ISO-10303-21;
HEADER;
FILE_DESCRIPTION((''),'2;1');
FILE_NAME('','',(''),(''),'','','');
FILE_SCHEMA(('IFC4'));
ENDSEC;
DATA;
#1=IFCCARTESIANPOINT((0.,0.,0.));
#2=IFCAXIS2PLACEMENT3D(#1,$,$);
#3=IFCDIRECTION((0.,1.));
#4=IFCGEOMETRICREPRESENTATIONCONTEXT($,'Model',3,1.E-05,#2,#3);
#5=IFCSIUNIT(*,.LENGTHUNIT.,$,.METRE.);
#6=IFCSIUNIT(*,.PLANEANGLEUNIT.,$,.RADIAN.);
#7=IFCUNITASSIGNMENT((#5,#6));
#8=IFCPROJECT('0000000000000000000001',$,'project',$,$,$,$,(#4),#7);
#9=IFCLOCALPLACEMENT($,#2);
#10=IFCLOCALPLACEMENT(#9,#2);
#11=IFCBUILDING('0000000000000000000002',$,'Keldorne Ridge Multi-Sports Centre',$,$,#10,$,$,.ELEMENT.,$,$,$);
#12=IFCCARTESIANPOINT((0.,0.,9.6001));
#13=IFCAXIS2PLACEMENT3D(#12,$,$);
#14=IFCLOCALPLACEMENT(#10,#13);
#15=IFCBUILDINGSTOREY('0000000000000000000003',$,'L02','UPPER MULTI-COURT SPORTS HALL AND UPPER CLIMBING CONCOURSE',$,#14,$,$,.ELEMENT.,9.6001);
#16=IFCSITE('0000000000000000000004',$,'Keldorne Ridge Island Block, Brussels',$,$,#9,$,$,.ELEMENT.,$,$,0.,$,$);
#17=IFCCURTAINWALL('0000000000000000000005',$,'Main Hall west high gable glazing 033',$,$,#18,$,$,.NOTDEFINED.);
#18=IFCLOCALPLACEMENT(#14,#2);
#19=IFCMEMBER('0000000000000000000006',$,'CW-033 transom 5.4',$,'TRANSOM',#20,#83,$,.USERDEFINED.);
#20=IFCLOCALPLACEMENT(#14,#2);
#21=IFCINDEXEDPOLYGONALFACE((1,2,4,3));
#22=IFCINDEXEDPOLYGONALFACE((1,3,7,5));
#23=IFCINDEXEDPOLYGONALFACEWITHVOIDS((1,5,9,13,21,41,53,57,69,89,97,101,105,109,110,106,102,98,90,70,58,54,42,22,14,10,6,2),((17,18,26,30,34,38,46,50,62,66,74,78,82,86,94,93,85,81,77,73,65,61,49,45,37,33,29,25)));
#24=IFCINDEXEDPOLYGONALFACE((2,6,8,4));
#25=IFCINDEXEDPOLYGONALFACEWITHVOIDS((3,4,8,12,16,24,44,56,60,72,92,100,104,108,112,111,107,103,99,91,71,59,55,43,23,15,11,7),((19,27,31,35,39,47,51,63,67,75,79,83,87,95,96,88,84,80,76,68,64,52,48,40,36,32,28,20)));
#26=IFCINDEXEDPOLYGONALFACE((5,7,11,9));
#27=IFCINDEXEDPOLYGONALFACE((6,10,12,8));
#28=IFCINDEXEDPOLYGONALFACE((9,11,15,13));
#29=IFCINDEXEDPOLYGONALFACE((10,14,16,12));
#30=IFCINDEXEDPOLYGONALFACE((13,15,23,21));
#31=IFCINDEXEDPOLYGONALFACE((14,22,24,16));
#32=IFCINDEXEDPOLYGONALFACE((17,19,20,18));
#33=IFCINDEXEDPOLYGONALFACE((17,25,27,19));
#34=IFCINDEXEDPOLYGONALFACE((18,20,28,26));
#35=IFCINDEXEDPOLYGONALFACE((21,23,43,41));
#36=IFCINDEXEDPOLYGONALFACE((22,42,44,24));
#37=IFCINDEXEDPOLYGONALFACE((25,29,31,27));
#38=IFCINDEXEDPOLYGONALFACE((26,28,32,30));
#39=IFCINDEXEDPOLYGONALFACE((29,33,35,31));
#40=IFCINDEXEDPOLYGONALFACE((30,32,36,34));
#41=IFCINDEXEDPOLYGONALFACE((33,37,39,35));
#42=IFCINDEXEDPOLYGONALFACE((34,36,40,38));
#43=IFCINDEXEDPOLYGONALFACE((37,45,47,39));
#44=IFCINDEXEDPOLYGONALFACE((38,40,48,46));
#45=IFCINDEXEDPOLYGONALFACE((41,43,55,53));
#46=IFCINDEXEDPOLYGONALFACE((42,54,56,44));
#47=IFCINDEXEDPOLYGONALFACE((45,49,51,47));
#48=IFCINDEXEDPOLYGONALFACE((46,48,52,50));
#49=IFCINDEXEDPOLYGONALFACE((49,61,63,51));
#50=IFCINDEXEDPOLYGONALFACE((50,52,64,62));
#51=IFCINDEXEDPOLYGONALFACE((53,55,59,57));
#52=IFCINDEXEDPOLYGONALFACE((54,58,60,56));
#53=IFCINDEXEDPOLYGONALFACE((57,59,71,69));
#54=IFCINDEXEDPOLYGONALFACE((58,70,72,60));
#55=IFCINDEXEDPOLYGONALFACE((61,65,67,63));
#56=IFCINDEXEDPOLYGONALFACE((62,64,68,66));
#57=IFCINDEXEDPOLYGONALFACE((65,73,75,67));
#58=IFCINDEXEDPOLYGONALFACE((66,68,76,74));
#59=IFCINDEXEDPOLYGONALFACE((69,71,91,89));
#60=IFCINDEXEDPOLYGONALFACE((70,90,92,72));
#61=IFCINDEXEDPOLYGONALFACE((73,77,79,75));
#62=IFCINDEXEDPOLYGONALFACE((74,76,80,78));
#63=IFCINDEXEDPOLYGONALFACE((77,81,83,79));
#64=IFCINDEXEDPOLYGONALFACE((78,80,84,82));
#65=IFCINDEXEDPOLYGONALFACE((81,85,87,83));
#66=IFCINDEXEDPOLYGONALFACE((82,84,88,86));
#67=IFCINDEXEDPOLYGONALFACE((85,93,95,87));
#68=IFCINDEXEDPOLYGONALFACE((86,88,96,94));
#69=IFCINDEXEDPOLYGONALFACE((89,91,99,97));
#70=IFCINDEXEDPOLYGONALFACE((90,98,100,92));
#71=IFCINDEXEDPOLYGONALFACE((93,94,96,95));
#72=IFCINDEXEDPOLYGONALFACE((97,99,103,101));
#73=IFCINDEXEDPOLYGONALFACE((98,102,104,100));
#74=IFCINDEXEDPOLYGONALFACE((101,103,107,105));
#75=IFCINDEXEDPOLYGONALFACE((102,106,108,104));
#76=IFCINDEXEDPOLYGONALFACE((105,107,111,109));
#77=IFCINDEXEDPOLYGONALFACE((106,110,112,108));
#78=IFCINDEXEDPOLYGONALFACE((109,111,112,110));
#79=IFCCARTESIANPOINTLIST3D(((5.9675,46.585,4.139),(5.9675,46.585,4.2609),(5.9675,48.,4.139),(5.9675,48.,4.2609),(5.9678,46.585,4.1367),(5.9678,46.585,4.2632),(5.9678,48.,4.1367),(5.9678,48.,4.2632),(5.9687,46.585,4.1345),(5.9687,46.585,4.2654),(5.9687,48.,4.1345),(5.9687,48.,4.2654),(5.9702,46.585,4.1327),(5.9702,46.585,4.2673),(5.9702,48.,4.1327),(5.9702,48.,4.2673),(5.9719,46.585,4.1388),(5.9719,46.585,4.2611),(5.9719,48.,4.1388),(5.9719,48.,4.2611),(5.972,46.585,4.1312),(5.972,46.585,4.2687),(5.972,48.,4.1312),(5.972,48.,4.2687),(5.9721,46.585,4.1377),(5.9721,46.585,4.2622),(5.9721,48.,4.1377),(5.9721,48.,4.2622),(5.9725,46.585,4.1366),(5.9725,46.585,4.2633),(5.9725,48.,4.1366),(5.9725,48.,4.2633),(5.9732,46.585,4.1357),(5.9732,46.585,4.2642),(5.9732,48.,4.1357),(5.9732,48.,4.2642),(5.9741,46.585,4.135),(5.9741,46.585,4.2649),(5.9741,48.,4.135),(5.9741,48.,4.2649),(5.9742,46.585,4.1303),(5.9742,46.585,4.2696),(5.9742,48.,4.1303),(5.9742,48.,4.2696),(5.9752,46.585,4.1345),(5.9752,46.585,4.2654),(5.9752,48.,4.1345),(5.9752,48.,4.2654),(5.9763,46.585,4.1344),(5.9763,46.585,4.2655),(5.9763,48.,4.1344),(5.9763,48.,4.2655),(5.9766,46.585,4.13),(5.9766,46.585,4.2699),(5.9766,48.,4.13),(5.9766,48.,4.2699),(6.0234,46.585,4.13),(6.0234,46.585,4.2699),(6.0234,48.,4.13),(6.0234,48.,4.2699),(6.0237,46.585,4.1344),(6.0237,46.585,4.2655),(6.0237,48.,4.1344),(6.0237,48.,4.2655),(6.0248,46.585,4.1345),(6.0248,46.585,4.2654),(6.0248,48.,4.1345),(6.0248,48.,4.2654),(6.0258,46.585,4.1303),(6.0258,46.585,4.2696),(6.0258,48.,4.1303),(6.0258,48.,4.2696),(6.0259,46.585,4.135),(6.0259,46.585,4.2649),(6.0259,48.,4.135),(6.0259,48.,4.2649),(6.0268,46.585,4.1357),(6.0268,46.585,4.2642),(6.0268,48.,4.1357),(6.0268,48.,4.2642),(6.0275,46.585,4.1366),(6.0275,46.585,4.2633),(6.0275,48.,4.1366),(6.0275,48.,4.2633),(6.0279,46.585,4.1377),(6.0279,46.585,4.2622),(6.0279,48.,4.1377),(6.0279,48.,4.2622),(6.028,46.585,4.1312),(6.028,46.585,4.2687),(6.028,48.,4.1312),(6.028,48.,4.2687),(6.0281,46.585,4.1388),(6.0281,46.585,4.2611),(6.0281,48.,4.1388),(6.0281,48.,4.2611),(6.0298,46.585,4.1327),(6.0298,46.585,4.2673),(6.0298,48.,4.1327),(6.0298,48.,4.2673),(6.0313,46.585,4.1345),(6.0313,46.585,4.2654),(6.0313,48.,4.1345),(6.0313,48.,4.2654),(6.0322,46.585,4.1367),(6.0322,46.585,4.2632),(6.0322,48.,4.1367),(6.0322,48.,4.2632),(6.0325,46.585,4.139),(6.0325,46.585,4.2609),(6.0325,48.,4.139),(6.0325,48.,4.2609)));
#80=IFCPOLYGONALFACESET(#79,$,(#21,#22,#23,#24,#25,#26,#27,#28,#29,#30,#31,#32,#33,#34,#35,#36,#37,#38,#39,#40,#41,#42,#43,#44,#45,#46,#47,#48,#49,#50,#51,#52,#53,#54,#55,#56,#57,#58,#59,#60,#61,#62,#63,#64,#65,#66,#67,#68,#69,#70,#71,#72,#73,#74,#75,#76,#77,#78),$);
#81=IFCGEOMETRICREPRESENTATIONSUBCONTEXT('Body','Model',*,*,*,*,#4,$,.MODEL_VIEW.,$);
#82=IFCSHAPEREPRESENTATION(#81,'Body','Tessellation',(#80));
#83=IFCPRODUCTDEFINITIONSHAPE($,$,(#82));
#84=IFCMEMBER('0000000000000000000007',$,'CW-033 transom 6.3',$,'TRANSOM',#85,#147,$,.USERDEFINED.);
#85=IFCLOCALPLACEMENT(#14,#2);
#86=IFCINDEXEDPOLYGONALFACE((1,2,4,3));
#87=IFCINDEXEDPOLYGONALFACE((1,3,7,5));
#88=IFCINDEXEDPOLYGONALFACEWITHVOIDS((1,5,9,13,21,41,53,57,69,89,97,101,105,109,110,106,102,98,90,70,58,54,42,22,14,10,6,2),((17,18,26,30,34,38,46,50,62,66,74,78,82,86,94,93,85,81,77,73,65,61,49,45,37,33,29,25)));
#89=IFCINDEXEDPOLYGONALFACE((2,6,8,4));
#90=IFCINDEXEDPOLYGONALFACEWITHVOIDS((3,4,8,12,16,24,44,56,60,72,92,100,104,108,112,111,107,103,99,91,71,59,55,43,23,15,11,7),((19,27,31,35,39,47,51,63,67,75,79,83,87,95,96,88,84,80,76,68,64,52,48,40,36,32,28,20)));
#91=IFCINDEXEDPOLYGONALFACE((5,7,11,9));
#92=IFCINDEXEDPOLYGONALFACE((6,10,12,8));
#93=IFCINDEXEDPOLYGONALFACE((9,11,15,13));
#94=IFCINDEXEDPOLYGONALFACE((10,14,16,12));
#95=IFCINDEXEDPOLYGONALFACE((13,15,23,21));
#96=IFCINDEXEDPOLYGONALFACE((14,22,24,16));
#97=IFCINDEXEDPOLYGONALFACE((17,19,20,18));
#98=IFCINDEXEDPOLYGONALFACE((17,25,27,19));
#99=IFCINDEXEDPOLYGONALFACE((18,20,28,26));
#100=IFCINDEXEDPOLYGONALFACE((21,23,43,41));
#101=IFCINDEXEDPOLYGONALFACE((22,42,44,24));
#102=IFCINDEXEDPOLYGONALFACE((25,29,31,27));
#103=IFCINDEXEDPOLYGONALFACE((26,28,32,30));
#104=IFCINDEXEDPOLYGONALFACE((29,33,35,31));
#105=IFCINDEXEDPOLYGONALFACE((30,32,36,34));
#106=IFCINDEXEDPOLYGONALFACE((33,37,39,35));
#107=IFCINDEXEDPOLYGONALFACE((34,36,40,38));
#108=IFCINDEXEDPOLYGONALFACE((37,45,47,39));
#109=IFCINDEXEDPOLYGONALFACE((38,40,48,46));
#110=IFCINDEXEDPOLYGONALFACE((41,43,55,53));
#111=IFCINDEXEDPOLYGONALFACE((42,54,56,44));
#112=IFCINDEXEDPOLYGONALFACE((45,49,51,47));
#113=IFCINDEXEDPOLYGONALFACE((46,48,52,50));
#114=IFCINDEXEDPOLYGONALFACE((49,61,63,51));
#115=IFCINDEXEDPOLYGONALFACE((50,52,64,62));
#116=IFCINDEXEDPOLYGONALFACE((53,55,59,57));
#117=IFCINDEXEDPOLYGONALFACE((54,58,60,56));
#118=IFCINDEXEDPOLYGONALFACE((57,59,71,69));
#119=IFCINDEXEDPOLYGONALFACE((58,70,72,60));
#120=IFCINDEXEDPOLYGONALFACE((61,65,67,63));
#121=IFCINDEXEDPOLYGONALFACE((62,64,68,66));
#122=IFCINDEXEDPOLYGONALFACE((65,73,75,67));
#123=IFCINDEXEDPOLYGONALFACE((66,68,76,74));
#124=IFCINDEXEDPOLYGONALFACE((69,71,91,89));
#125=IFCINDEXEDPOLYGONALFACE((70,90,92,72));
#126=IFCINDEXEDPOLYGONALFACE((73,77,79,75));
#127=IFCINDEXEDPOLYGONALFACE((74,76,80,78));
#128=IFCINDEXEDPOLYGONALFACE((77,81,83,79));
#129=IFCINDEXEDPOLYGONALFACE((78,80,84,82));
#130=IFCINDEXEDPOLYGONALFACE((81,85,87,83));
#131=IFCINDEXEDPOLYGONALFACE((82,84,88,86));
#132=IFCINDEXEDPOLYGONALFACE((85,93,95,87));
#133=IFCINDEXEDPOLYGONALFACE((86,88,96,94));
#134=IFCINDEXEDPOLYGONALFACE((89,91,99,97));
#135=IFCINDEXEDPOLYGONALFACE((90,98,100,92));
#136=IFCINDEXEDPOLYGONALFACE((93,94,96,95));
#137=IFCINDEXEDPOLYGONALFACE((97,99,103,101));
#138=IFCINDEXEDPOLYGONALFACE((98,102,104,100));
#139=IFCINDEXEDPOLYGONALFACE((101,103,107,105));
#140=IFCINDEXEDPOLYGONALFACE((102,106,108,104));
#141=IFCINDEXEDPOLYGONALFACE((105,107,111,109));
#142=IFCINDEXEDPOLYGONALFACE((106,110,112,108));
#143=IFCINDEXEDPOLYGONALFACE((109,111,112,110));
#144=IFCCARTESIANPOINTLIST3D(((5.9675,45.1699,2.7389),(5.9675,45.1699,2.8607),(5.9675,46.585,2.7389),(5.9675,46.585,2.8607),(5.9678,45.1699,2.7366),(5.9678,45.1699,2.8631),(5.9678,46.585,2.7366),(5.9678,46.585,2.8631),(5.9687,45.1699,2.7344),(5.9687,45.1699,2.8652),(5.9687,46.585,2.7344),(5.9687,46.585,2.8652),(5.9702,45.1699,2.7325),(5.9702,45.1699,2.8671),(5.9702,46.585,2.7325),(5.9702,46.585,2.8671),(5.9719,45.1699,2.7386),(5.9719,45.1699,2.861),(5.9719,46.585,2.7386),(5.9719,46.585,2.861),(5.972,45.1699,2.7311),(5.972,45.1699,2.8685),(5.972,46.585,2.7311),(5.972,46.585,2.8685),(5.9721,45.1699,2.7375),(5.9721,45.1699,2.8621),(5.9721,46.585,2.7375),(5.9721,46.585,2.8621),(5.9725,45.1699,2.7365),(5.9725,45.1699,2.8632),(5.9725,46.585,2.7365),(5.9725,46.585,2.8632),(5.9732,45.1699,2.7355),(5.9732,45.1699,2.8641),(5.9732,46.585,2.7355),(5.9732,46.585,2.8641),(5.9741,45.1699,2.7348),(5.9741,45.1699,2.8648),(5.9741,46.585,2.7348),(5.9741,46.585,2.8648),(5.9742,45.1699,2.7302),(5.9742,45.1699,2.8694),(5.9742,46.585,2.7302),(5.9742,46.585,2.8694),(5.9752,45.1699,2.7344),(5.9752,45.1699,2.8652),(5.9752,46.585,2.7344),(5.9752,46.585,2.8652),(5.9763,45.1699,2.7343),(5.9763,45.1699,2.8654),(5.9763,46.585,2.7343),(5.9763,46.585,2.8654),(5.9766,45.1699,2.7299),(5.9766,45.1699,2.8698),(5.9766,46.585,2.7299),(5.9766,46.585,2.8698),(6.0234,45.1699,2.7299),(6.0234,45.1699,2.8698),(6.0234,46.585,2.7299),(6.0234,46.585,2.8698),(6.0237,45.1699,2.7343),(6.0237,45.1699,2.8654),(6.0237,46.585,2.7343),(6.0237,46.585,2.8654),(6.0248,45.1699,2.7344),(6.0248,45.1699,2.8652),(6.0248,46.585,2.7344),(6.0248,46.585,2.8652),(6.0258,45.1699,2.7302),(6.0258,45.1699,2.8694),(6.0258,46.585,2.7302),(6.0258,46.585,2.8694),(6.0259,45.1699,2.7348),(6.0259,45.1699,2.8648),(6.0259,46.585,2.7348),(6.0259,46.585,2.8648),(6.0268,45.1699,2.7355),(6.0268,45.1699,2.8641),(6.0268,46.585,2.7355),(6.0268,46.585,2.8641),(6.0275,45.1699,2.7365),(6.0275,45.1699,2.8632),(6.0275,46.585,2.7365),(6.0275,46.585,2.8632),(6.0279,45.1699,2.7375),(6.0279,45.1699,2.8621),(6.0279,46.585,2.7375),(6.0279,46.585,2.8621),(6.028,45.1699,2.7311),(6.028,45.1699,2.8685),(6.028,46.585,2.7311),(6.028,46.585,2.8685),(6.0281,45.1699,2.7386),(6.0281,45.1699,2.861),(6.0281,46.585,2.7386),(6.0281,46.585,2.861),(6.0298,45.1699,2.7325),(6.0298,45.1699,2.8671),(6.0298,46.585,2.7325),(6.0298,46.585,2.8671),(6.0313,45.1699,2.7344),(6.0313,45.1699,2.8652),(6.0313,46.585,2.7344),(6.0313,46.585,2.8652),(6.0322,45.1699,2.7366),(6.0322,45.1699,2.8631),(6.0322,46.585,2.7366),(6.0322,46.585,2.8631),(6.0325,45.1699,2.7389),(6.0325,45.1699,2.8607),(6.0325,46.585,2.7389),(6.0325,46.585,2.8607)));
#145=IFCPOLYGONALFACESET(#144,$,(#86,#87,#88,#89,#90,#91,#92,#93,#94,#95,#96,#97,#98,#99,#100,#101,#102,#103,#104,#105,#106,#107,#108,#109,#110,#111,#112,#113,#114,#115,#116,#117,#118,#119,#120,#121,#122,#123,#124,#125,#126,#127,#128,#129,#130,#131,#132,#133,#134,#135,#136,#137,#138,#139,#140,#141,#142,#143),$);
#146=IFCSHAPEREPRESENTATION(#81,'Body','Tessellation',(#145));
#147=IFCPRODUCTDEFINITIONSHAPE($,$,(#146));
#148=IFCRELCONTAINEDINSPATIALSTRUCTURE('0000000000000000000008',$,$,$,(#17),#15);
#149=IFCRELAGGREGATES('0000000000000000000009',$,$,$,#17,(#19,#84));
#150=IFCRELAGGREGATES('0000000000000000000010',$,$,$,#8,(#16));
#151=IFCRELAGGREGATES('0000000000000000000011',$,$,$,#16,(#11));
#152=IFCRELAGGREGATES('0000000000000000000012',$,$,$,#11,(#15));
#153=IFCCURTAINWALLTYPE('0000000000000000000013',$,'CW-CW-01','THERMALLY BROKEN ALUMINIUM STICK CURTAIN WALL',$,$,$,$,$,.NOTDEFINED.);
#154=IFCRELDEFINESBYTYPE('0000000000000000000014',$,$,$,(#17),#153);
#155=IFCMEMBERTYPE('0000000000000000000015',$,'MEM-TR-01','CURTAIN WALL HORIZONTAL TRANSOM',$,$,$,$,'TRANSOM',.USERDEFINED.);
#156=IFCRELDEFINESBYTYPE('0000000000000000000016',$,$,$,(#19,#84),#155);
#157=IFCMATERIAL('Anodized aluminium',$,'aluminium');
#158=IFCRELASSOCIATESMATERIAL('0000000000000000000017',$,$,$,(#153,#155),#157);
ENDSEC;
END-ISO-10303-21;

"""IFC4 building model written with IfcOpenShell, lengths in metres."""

from ifc_helpers import new_model, si_unit, direction, frame, origin, origin_2d, place, context, subcontext, project, spatial, hollow_rectangle, extrude, material, material_profile, profile_set, type_object, element, aggregate, save


model = new_model("IFC4")

# Units and contexts
model_context = context("Model", 3, precision=1e-05, world=origin(), true_north=direction((0.0, 1.0)))
body_context = subcontext(model_context, "Body", "Model", "MODEL_VIEW")
ifc_project = project(units=[si_unit("LENGTHUNIT", "METRE"), si_unit("PLANEANGLEUNIT", "RADIAN")], contexts=[model_context])

# Site, building, storey
site_placement = place(None, origin())
site = spatial("IfcSite", under=ifc_project, at=site_placement, Name="Keldorne Ridge Island Block, Brussels", CompositionType="ELEMENT", RefElevation=0.0)
building_placement = place(site_placement, origin())
building = spatial("IfcBuilding", under=site, at=building_placement, Name="Keldorne Ridge Multi-Sports Centre", CompositionType="ELEMENT")
storey_placement = place(building_placement, frame((0.0, 0.0, 9.6001)))
storey = spatial("IfcBuildingStorey", under=building, at=storey_placement, Name="L02", Description="UPPER MULTI-COURT SPORTS HALL AND UPPER CLIMBING CONCOURSE", CompositionType="ELEMENT", Elevation=9.6001)

# Curtain wall, members
ifc_material_1 = material(Name="Anodized aluminium", Category="aluminium")
curtain_wall_type = type_object("IfcCurtainWallType", Name="CW-CW-01", Description="THERMALLY BROKEN ALUMINIUM STICK CURTAIN WALL", PredefinedType="NOTDEFINED", material=ifc_material_1)
curtain_wall_placement = place(storey_placement, origin())
curtain_wall = element("IfcCurtainWall", 1, at=curtain_wall_placement, inside=storey, type_object=curtain_wall_type, Name="Main Hall west high gable glazing 033", PredefinedType="NOTDEFINED")
ifc_material_profile_1 = material_profile(ifc_material_1, hollow_rectangle(XDim=0.0649, YDim=0.1399, WallThickness=0.0044, InnerFilletRadius=0.0044, OuterFilletRadius=0.009, at=origin_2d()), Name="ALU TRANSOM 140x65x4.5")
ifc_profile_set_1 = profile_set([ifc_material_profile_1], Name="Anodized aluminium")
member_type_1 = type_object("IfcMemberType", Name="MEM-TR-01", Description="CURTAIN WALL HORIZONTAL TRANSOM", ElementType="TRANSOM", PredefinedType="USERDEFINED", material=ifc_profile_set_1)
member_1_placement = place(storey_placement, frame((6.0, 48.0, 4.2), z_axis=(0.0, -1.0, 0.0), x_axis=(1.0, 0.0, 0.0)))
member_1 = element("IfcMember", 2, at=member_1_placement, type_object=member_type_1, Name="CW-033 transom 5.4", ObjectType="TRANSOM", PredefinedType="USERDEFINED", context=body_context, shape_type="SweptSolid", body=[
    extrude(hollow_rectangle(XDim=0.0649, YDim=0.1399, WallThickness=0.0044, InnerFilletRadius=0.0044, OuterFilletRadius=0.009, at=origin_2d()), origin(), (0.0, 0.0, 1.0), 1.415),
])
member_2_placement = place(storey_placement, frame((6.0, 46.585, 2.7998), z_axis=(0.0, -1.0, 0.0), x_axis=(1.0, 0.0, 0.0)))
member_2 = element("IfcMember", 3, at=member_2_placement, type_object=member_type_1, Name="CW-033 transom 6.3", ObjectType="TRANSOM", PredefinedType="USERDEFINED", context=body_context, shape_type="SweptSolid", body=[
    extrude(hollow_rectangle(XDim=0.0649, YDim=0.1399, WallThickness=0.0044, InnerFilletRadius=0.0044, OuterFilletRadius=0.009, at=origin_2d()), origin(), (0.0, 0.0, 1.0), 1.415),
])

aggregate(curtain_wall, [member_1, member_2])

save(model, "model.ifc")
